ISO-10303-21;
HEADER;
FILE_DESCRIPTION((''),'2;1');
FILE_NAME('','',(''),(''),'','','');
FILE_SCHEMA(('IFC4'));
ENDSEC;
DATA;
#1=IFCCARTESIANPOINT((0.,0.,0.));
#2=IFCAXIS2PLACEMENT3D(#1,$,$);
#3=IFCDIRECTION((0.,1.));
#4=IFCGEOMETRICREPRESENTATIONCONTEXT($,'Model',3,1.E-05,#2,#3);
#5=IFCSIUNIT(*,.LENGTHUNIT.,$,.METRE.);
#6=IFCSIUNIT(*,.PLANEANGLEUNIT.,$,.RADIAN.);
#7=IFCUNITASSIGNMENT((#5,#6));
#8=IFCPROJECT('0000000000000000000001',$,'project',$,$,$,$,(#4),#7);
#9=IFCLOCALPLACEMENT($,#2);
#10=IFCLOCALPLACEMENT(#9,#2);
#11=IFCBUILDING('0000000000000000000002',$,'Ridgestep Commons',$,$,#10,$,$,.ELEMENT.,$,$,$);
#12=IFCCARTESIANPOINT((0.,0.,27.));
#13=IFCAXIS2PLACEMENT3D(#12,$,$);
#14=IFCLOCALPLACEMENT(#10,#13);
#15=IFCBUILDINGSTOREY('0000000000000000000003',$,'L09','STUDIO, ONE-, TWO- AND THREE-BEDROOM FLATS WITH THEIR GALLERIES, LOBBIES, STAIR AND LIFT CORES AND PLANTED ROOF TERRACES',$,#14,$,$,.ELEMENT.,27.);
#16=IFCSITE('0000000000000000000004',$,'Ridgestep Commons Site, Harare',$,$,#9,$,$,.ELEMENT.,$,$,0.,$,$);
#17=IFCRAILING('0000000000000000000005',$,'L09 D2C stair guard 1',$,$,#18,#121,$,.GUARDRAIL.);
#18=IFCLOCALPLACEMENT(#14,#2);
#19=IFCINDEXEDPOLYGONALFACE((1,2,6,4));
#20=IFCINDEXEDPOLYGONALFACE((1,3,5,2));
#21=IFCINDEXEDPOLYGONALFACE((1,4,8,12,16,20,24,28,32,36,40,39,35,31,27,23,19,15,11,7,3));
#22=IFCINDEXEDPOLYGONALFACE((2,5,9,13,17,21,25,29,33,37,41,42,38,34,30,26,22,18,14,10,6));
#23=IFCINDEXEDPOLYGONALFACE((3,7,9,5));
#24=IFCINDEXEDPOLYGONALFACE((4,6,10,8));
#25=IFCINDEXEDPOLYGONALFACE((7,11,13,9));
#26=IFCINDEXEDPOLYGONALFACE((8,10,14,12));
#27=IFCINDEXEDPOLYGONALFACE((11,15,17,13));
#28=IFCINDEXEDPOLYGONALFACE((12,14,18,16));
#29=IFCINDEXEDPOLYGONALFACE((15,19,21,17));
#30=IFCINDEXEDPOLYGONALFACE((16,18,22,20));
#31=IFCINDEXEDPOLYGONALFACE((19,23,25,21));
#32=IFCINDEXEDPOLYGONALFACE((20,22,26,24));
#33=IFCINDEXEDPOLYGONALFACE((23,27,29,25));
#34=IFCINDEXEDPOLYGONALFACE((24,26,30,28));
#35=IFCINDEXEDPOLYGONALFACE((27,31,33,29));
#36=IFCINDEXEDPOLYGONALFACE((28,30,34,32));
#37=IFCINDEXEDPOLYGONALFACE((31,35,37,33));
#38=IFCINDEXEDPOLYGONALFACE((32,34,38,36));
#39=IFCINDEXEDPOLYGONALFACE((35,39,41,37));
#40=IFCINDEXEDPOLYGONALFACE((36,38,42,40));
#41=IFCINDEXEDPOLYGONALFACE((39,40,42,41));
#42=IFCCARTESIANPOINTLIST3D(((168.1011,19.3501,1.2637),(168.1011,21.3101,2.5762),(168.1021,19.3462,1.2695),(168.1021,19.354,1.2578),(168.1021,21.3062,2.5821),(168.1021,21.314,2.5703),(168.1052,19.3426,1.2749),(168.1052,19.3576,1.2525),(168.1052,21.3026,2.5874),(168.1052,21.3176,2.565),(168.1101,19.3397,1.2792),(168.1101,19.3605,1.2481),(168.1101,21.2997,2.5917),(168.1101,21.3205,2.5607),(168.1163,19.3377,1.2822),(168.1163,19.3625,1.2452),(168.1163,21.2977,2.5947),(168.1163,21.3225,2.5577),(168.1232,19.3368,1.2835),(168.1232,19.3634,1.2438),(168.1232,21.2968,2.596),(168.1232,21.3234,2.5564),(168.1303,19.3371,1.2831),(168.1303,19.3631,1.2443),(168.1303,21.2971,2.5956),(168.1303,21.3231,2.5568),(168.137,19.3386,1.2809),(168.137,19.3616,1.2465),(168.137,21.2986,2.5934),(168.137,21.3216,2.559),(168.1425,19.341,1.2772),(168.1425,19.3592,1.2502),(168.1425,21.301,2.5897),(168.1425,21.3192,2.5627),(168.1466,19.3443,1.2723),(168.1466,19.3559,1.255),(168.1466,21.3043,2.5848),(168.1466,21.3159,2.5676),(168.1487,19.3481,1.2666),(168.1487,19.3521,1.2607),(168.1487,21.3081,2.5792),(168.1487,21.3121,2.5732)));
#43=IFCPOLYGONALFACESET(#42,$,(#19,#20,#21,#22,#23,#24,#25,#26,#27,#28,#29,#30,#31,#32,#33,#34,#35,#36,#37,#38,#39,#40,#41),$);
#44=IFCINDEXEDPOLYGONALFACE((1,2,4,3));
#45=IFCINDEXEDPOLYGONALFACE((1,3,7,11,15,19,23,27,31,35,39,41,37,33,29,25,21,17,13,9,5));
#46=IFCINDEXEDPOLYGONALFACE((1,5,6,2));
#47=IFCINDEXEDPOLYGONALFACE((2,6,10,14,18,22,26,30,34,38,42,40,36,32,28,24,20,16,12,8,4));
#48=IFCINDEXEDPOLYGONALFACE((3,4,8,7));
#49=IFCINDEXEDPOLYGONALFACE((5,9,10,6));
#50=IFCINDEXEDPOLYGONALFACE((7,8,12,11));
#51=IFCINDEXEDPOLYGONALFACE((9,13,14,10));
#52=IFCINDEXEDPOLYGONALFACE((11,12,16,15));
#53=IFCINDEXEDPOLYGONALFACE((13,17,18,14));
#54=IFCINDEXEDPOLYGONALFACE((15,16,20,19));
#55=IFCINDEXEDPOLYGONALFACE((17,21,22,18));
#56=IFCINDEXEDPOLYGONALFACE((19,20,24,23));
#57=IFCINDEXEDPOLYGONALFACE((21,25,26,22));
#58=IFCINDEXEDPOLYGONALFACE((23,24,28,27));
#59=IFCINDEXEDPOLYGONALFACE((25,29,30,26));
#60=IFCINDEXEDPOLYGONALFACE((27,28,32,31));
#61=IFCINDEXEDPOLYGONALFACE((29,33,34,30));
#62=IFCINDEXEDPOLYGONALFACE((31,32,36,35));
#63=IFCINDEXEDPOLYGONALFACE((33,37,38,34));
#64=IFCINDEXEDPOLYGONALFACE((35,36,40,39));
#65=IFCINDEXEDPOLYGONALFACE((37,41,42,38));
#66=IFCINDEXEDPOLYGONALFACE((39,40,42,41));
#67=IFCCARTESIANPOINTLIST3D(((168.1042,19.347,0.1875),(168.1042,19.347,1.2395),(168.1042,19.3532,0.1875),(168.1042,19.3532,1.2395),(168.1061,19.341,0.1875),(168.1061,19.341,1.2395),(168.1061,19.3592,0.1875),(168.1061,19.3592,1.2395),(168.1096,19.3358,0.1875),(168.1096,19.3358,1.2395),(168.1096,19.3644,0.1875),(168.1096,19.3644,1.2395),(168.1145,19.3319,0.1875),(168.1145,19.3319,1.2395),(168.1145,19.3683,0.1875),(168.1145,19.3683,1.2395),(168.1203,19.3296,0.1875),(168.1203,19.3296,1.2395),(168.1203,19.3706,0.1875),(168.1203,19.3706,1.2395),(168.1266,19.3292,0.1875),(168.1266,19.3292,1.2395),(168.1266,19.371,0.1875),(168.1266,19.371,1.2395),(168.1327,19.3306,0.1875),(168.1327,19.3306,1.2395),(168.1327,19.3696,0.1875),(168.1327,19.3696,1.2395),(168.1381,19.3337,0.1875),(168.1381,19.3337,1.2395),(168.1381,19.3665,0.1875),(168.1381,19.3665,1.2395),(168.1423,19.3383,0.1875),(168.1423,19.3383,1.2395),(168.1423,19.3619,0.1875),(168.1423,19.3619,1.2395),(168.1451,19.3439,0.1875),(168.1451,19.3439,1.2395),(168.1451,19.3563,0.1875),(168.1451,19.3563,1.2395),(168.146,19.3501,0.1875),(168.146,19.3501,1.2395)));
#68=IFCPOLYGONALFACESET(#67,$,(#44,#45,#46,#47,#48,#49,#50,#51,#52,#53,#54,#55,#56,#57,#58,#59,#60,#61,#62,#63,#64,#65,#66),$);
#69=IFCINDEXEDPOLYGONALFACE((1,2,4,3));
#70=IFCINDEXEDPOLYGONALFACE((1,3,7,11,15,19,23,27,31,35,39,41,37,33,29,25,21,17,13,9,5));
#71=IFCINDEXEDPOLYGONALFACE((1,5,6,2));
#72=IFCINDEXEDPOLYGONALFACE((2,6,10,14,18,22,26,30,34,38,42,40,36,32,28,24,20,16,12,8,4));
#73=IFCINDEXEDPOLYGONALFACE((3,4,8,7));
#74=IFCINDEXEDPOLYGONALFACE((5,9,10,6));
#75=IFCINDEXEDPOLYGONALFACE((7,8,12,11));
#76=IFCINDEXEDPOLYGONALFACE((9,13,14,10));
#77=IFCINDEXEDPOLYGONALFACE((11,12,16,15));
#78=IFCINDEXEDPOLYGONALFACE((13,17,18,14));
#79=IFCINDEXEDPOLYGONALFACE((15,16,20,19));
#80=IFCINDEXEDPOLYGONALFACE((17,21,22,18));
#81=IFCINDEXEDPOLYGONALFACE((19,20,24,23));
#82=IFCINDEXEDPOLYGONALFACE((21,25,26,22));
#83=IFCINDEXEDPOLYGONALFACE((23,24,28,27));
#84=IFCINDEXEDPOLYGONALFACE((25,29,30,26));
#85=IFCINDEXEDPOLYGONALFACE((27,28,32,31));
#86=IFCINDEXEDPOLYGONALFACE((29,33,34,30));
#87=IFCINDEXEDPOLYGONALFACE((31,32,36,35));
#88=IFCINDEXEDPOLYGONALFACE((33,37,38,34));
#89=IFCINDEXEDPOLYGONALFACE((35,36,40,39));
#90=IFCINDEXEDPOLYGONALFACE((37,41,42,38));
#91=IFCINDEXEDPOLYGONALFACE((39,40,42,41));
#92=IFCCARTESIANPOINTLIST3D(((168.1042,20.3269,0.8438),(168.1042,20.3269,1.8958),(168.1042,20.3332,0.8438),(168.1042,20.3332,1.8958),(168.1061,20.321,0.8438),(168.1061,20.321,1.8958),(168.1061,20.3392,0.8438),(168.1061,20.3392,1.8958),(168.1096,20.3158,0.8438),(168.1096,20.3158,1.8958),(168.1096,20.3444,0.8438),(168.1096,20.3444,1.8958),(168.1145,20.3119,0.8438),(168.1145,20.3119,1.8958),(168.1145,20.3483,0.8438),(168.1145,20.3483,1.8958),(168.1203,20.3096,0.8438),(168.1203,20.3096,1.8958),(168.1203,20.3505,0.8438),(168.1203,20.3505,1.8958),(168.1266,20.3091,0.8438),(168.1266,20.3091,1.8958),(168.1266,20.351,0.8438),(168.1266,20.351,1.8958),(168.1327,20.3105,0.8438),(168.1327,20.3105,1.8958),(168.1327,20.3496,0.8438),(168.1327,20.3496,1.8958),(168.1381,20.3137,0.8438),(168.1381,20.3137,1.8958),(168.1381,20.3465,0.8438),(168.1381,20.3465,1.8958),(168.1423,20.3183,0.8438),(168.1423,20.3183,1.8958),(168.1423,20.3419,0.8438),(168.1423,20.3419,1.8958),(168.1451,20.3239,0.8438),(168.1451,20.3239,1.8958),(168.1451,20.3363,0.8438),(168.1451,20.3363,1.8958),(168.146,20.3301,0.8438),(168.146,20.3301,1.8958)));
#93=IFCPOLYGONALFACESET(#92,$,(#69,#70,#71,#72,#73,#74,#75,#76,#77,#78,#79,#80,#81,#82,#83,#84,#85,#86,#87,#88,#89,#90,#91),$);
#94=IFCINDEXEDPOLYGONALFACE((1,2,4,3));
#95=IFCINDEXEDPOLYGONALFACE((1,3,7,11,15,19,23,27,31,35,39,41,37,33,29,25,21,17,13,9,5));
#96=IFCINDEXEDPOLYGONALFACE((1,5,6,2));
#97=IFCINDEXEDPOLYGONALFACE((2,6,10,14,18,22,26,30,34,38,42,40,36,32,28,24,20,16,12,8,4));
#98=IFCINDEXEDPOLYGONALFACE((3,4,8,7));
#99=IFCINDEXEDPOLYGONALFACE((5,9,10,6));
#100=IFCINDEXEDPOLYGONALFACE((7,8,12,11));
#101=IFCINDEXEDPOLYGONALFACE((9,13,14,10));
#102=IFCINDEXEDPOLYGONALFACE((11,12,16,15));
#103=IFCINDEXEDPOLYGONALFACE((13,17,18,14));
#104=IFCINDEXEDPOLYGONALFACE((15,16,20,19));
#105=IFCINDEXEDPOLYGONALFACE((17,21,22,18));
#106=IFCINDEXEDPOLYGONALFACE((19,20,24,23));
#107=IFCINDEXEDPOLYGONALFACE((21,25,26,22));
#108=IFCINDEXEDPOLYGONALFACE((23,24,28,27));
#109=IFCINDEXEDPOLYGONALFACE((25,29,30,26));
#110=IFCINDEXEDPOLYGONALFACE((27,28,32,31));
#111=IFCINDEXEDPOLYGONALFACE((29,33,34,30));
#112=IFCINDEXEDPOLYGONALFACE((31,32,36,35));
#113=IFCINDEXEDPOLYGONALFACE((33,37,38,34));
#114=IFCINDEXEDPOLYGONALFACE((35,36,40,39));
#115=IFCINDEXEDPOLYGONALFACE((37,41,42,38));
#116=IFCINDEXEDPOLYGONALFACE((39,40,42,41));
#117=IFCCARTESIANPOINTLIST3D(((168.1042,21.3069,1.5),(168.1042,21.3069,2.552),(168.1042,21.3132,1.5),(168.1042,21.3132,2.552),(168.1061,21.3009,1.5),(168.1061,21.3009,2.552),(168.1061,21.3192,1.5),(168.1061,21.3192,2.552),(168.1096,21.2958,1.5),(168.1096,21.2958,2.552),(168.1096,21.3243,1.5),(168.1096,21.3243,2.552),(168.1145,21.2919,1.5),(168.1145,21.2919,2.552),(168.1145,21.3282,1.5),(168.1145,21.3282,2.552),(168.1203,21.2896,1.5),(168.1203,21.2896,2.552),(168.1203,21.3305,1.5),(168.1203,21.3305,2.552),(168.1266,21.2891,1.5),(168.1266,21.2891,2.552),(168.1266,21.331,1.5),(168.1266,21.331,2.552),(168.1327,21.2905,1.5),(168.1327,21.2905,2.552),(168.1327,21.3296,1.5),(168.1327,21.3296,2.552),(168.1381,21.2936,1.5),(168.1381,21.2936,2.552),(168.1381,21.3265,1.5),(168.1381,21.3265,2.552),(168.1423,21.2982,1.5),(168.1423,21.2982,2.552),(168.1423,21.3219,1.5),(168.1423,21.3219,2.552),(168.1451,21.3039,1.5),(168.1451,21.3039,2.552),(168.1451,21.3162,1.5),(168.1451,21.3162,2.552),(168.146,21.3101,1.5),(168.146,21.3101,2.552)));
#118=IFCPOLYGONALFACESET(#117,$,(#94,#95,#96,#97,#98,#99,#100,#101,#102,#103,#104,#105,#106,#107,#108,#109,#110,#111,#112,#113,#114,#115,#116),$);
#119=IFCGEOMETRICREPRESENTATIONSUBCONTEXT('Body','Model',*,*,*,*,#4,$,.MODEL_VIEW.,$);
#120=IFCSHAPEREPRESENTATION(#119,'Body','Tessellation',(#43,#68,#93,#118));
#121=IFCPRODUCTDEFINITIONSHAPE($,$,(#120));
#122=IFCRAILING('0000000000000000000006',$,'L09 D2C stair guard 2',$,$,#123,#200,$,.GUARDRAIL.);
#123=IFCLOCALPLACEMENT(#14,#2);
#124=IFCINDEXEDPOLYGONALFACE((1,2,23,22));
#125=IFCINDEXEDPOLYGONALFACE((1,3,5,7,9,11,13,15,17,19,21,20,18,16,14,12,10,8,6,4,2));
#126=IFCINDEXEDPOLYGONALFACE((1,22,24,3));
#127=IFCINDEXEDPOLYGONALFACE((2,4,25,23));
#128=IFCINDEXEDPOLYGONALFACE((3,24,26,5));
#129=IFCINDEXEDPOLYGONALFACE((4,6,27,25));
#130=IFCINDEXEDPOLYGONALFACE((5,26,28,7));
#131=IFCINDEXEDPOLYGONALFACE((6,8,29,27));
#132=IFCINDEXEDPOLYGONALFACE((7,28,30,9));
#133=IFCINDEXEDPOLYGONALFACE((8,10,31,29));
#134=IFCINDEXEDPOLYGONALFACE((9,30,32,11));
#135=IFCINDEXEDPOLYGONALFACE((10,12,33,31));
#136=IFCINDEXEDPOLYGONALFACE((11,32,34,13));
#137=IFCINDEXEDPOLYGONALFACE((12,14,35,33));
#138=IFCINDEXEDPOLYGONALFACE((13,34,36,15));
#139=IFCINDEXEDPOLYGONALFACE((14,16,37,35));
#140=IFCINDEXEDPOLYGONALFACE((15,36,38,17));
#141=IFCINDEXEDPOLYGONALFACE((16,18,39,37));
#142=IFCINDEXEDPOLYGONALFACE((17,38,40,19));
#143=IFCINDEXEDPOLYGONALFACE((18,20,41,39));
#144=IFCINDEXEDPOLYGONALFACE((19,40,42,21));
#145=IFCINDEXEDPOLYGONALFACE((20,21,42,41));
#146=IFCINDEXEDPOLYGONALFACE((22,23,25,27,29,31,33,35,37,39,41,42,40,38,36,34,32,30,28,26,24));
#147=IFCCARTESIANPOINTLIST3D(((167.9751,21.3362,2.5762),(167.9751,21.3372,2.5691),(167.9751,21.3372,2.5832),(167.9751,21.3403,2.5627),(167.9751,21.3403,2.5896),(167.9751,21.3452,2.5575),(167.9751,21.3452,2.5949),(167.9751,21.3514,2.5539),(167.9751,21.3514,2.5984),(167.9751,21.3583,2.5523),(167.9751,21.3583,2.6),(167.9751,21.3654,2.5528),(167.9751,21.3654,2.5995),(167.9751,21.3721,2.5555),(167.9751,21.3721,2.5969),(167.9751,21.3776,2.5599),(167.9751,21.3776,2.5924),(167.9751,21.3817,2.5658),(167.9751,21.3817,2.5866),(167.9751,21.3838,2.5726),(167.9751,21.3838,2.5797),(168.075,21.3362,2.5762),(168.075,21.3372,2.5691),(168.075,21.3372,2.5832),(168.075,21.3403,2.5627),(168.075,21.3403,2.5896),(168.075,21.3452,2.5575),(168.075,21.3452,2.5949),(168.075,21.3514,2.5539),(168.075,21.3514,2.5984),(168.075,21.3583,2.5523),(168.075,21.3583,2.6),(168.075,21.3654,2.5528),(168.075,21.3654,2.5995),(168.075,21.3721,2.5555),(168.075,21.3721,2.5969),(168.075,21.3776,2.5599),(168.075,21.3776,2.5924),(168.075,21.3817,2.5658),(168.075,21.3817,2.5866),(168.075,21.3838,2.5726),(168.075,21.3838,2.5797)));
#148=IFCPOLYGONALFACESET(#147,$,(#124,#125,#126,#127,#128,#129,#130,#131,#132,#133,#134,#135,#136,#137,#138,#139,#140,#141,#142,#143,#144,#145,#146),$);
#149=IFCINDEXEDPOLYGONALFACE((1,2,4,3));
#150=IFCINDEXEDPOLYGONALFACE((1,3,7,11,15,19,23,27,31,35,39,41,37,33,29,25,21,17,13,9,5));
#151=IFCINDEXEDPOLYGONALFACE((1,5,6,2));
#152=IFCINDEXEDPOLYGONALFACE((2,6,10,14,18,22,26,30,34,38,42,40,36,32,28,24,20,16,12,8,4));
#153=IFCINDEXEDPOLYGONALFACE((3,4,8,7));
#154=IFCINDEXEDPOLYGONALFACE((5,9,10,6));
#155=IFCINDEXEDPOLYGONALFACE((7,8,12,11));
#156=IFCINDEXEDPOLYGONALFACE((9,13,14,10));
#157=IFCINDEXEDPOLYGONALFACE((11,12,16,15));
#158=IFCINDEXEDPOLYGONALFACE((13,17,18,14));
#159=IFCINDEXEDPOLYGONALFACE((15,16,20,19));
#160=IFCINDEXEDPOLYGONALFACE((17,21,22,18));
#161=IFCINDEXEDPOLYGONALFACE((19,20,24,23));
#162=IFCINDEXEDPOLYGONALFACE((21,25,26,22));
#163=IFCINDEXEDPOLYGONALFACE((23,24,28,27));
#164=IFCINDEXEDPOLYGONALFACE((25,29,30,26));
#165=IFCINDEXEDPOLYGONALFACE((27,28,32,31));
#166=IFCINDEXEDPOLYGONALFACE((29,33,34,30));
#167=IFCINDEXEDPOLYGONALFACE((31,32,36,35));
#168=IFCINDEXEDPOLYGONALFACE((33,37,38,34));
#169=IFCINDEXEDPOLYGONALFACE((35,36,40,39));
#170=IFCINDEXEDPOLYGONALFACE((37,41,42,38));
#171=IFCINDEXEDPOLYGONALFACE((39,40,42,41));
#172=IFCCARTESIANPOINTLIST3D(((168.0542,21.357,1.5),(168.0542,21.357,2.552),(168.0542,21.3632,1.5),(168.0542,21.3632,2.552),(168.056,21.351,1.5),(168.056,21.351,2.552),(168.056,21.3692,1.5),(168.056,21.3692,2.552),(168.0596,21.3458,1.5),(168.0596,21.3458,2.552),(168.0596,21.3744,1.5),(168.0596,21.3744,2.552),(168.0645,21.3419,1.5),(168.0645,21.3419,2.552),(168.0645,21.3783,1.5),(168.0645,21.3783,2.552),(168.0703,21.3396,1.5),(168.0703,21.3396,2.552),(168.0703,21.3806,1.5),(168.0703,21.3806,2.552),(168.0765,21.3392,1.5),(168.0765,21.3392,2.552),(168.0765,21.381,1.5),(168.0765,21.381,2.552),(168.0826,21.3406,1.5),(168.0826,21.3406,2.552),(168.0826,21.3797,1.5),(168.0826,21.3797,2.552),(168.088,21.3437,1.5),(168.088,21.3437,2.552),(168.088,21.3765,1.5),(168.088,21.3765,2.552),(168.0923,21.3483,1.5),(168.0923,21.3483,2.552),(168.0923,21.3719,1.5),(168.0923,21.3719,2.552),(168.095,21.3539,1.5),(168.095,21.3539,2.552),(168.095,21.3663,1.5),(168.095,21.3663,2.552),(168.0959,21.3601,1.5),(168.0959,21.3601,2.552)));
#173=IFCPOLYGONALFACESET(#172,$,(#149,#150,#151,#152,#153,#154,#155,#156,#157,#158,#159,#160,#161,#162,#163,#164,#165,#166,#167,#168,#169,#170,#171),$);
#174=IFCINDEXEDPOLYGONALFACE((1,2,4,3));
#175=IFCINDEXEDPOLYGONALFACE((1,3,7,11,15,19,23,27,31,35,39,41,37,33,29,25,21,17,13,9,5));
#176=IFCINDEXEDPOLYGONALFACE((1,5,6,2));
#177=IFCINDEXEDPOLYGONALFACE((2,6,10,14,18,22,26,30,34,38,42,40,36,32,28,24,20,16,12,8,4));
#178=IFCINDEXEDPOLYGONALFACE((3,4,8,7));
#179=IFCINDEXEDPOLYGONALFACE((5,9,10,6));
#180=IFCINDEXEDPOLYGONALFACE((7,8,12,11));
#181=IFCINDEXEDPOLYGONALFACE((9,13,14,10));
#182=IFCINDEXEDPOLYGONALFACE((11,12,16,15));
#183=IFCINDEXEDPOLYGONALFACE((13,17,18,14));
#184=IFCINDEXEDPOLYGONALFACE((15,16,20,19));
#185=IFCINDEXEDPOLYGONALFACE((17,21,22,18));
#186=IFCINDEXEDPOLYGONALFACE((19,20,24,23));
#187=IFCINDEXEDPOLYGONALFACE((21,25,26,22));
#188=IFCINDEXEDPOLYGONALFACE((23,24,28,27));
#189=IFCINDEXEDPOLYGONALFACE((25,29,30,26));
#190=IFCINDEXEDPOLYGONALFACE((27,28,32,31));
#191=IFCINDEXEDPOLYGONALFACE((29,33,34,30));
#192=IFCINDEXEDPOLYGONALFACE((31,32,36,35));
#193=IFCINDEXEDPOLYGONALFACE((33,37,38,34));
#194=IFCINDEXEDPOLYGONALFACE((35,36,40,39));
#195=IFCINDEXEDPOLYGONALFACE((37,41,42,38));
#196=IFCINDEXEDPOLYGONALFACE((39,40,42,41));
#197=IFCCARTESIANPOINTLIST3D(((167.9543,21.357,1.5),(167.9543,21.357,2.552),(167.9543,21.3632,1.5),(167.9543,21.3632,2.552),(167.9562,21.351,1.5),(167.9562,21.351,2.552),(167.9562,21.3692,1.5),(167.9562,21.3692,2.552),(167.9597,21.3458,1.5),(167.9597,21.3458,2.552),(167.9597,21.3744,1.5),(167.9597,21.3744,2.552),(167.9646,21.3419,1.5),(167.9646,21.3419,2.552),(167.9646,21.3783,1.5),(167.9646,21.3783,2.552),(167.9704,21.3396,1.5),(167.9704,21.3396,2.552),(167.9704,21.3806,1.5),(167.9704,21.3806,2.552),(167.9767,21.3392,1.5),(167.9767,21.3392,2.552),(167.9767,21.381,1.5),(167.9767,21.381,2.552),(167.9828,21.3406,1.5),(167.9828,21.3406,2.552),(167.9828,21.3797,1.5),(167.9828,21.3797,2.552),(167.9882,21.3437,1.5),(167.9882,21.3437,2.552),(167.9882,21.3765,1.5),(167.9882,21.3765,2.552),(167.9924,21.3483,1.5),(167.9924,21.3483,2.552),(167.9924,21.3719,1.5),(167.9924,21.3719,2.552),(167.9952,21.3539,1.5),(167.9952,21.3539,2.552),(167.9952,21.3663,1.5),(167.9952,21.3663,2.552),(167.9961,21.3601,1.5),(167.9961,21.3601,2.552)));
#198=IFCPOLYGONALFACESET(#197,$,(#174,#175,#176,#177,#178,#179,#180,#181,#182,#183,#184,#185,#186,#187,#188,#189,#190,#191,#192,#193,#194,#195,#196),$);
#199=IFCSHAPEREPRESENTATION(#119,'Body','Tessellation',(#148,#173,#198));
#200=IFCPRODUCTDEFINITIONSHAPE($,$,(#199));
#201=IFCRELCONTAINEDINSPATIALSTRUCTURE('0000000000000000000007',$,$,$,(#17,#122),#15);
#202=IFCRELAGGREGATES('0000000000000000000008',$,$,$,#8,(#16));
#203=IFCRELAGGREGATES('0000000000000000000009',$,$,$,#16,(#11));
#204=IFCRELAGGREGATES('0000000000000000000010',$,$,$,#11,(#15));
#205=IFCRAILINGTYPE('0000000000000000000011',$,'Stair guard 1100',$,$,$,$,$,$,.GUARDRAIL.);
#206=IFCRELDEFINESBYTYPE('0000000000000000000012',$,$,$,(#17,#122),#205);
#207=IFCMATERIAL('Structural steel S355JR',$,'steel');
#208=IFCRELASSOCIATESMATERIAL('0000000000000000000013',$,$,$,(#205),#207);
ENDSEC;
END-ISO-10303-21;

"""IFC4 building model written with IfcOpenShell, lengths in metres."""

from ifc_helpers import new_model, si_unit, direction, frame, origin, origin_2d, place, context, subcontext, project, spatial, circle, extrude, material, type_object, element, save


model = new_model("IFC4")

# Units and contexts
model_context = context("Model", 3, precision=1e-05, world=origin(), true_north=direction((0.0, 1.0)))
body_context = subcontext(model_context, "Body", "Model", "MODEL_VIEW")
ifc_project = project(units=[si_unit("LENGTHUNIT", "METRE"), si_unit("PLANEANGLEUNIT", "RADIAN")], contexts=[model_context])

# Site, building, storey
site_placement = place(None, origin())
site = spatial("IfcSite", under=ifc_project, at=site_placement, Name="Ridgestep Commons Site, Harare", CompositionType="ELEMENT", RefElevation=0.0)
building_placement = place(site_placement, origin())
building = spatial("IfcBuilding", under=site, at=building_placement, Name="Ridgestep Commons", CompositionType="ELEMENT")
storey_placement = place(building_placement, frame((0.0, 0.0, 27.0)))
storey = spatial("IfcBuildingStorey", under=building, at=storey_placement, Name="L09", Description="STUDIO, ONE-, TWO- AND THREE-BEDROOM FLATS WITH THEIR GALLERIES, LOBBIES, STAIR AND LIFT CORES AND PLANTED ROOF TERRACES", CompositionType="ELEMENT", Elevation=27.0)

# Railings
ifc_material_1 = material(Name="Structural steel S355JR", Category="steel")
railing_type_1 = type_object("IfcRailingType", Name="Stair guard 1100", PredefinedType="GUARDRAIL", material=ifc_material_1)
railing_1_placement = place(storey_placement, frame((168.125, 19.3501, 0.1875)))
element("IfcRailing", 1, at=railing_1_placement, inside=storey, type_object=railing_type_1, Name="L09 D2C stair guard 1", PredefinedType="GUARDRAIL", context=body_context, shape_type="SweptSolid", body=[
    extrude(circle(Radius=0.0239, at=origin_2d()), frame((0.0, 0.0, 1.0762), z_axis=(0.0, 0.830902, 0.556419), x_axis=(-1.0, 0.0, 0.0)), (0.0, 0.0, 1.0), 2.3589),
    extrude(circle(Radius=0.021, at=origin_2d()), origin(), (0.0, 0.0, 1.0), 1.052),
    extrude(circle(Radius=0.021, at=origin_2d()), frame((0.0, 0.98, 0.6562)), (0.0, 0.0, 1.0), 1.052),
    extrude(circle(Radius=0.021, at=origin_2d()), frame((0.0, 1.96, 1.3125)), (0.0, 0.0, 1.0), 1.052),
])
railing_2_placement = place(storey_placement, frame((168.075, 21.3601, 1.5)))
element("IfcRailing", 2, at=railing_2_placement, inside=storey, type_object=railing_type_1, Name="L09 D2C stair guard 2", PredefinedType="GUARDRAIL", context=body_context, shape_type="SweptSolid", body=[
    extrude(circle(Radius=0.0239, at=origin_2d()), frame((0.0, 0.0, 1.0762), z_axis=(-1.0, 0.0, 0.0), x_axis=(0.0, -1.0, 0.0)), (0.0, 0.0, 1.0), 0.0999),
    extrude(circle(Radius=0.021, at=origin_2d()), origin(), (0.0, 0.0, 1.0), 1.052),
    extrude(circle(Radius=0.021, at=origin_2d()), frame((-0.0999, 0.0, 0.0)), (0.0, 0.0, 1.0), 1.052),
])

save(model, "model.ifc")
